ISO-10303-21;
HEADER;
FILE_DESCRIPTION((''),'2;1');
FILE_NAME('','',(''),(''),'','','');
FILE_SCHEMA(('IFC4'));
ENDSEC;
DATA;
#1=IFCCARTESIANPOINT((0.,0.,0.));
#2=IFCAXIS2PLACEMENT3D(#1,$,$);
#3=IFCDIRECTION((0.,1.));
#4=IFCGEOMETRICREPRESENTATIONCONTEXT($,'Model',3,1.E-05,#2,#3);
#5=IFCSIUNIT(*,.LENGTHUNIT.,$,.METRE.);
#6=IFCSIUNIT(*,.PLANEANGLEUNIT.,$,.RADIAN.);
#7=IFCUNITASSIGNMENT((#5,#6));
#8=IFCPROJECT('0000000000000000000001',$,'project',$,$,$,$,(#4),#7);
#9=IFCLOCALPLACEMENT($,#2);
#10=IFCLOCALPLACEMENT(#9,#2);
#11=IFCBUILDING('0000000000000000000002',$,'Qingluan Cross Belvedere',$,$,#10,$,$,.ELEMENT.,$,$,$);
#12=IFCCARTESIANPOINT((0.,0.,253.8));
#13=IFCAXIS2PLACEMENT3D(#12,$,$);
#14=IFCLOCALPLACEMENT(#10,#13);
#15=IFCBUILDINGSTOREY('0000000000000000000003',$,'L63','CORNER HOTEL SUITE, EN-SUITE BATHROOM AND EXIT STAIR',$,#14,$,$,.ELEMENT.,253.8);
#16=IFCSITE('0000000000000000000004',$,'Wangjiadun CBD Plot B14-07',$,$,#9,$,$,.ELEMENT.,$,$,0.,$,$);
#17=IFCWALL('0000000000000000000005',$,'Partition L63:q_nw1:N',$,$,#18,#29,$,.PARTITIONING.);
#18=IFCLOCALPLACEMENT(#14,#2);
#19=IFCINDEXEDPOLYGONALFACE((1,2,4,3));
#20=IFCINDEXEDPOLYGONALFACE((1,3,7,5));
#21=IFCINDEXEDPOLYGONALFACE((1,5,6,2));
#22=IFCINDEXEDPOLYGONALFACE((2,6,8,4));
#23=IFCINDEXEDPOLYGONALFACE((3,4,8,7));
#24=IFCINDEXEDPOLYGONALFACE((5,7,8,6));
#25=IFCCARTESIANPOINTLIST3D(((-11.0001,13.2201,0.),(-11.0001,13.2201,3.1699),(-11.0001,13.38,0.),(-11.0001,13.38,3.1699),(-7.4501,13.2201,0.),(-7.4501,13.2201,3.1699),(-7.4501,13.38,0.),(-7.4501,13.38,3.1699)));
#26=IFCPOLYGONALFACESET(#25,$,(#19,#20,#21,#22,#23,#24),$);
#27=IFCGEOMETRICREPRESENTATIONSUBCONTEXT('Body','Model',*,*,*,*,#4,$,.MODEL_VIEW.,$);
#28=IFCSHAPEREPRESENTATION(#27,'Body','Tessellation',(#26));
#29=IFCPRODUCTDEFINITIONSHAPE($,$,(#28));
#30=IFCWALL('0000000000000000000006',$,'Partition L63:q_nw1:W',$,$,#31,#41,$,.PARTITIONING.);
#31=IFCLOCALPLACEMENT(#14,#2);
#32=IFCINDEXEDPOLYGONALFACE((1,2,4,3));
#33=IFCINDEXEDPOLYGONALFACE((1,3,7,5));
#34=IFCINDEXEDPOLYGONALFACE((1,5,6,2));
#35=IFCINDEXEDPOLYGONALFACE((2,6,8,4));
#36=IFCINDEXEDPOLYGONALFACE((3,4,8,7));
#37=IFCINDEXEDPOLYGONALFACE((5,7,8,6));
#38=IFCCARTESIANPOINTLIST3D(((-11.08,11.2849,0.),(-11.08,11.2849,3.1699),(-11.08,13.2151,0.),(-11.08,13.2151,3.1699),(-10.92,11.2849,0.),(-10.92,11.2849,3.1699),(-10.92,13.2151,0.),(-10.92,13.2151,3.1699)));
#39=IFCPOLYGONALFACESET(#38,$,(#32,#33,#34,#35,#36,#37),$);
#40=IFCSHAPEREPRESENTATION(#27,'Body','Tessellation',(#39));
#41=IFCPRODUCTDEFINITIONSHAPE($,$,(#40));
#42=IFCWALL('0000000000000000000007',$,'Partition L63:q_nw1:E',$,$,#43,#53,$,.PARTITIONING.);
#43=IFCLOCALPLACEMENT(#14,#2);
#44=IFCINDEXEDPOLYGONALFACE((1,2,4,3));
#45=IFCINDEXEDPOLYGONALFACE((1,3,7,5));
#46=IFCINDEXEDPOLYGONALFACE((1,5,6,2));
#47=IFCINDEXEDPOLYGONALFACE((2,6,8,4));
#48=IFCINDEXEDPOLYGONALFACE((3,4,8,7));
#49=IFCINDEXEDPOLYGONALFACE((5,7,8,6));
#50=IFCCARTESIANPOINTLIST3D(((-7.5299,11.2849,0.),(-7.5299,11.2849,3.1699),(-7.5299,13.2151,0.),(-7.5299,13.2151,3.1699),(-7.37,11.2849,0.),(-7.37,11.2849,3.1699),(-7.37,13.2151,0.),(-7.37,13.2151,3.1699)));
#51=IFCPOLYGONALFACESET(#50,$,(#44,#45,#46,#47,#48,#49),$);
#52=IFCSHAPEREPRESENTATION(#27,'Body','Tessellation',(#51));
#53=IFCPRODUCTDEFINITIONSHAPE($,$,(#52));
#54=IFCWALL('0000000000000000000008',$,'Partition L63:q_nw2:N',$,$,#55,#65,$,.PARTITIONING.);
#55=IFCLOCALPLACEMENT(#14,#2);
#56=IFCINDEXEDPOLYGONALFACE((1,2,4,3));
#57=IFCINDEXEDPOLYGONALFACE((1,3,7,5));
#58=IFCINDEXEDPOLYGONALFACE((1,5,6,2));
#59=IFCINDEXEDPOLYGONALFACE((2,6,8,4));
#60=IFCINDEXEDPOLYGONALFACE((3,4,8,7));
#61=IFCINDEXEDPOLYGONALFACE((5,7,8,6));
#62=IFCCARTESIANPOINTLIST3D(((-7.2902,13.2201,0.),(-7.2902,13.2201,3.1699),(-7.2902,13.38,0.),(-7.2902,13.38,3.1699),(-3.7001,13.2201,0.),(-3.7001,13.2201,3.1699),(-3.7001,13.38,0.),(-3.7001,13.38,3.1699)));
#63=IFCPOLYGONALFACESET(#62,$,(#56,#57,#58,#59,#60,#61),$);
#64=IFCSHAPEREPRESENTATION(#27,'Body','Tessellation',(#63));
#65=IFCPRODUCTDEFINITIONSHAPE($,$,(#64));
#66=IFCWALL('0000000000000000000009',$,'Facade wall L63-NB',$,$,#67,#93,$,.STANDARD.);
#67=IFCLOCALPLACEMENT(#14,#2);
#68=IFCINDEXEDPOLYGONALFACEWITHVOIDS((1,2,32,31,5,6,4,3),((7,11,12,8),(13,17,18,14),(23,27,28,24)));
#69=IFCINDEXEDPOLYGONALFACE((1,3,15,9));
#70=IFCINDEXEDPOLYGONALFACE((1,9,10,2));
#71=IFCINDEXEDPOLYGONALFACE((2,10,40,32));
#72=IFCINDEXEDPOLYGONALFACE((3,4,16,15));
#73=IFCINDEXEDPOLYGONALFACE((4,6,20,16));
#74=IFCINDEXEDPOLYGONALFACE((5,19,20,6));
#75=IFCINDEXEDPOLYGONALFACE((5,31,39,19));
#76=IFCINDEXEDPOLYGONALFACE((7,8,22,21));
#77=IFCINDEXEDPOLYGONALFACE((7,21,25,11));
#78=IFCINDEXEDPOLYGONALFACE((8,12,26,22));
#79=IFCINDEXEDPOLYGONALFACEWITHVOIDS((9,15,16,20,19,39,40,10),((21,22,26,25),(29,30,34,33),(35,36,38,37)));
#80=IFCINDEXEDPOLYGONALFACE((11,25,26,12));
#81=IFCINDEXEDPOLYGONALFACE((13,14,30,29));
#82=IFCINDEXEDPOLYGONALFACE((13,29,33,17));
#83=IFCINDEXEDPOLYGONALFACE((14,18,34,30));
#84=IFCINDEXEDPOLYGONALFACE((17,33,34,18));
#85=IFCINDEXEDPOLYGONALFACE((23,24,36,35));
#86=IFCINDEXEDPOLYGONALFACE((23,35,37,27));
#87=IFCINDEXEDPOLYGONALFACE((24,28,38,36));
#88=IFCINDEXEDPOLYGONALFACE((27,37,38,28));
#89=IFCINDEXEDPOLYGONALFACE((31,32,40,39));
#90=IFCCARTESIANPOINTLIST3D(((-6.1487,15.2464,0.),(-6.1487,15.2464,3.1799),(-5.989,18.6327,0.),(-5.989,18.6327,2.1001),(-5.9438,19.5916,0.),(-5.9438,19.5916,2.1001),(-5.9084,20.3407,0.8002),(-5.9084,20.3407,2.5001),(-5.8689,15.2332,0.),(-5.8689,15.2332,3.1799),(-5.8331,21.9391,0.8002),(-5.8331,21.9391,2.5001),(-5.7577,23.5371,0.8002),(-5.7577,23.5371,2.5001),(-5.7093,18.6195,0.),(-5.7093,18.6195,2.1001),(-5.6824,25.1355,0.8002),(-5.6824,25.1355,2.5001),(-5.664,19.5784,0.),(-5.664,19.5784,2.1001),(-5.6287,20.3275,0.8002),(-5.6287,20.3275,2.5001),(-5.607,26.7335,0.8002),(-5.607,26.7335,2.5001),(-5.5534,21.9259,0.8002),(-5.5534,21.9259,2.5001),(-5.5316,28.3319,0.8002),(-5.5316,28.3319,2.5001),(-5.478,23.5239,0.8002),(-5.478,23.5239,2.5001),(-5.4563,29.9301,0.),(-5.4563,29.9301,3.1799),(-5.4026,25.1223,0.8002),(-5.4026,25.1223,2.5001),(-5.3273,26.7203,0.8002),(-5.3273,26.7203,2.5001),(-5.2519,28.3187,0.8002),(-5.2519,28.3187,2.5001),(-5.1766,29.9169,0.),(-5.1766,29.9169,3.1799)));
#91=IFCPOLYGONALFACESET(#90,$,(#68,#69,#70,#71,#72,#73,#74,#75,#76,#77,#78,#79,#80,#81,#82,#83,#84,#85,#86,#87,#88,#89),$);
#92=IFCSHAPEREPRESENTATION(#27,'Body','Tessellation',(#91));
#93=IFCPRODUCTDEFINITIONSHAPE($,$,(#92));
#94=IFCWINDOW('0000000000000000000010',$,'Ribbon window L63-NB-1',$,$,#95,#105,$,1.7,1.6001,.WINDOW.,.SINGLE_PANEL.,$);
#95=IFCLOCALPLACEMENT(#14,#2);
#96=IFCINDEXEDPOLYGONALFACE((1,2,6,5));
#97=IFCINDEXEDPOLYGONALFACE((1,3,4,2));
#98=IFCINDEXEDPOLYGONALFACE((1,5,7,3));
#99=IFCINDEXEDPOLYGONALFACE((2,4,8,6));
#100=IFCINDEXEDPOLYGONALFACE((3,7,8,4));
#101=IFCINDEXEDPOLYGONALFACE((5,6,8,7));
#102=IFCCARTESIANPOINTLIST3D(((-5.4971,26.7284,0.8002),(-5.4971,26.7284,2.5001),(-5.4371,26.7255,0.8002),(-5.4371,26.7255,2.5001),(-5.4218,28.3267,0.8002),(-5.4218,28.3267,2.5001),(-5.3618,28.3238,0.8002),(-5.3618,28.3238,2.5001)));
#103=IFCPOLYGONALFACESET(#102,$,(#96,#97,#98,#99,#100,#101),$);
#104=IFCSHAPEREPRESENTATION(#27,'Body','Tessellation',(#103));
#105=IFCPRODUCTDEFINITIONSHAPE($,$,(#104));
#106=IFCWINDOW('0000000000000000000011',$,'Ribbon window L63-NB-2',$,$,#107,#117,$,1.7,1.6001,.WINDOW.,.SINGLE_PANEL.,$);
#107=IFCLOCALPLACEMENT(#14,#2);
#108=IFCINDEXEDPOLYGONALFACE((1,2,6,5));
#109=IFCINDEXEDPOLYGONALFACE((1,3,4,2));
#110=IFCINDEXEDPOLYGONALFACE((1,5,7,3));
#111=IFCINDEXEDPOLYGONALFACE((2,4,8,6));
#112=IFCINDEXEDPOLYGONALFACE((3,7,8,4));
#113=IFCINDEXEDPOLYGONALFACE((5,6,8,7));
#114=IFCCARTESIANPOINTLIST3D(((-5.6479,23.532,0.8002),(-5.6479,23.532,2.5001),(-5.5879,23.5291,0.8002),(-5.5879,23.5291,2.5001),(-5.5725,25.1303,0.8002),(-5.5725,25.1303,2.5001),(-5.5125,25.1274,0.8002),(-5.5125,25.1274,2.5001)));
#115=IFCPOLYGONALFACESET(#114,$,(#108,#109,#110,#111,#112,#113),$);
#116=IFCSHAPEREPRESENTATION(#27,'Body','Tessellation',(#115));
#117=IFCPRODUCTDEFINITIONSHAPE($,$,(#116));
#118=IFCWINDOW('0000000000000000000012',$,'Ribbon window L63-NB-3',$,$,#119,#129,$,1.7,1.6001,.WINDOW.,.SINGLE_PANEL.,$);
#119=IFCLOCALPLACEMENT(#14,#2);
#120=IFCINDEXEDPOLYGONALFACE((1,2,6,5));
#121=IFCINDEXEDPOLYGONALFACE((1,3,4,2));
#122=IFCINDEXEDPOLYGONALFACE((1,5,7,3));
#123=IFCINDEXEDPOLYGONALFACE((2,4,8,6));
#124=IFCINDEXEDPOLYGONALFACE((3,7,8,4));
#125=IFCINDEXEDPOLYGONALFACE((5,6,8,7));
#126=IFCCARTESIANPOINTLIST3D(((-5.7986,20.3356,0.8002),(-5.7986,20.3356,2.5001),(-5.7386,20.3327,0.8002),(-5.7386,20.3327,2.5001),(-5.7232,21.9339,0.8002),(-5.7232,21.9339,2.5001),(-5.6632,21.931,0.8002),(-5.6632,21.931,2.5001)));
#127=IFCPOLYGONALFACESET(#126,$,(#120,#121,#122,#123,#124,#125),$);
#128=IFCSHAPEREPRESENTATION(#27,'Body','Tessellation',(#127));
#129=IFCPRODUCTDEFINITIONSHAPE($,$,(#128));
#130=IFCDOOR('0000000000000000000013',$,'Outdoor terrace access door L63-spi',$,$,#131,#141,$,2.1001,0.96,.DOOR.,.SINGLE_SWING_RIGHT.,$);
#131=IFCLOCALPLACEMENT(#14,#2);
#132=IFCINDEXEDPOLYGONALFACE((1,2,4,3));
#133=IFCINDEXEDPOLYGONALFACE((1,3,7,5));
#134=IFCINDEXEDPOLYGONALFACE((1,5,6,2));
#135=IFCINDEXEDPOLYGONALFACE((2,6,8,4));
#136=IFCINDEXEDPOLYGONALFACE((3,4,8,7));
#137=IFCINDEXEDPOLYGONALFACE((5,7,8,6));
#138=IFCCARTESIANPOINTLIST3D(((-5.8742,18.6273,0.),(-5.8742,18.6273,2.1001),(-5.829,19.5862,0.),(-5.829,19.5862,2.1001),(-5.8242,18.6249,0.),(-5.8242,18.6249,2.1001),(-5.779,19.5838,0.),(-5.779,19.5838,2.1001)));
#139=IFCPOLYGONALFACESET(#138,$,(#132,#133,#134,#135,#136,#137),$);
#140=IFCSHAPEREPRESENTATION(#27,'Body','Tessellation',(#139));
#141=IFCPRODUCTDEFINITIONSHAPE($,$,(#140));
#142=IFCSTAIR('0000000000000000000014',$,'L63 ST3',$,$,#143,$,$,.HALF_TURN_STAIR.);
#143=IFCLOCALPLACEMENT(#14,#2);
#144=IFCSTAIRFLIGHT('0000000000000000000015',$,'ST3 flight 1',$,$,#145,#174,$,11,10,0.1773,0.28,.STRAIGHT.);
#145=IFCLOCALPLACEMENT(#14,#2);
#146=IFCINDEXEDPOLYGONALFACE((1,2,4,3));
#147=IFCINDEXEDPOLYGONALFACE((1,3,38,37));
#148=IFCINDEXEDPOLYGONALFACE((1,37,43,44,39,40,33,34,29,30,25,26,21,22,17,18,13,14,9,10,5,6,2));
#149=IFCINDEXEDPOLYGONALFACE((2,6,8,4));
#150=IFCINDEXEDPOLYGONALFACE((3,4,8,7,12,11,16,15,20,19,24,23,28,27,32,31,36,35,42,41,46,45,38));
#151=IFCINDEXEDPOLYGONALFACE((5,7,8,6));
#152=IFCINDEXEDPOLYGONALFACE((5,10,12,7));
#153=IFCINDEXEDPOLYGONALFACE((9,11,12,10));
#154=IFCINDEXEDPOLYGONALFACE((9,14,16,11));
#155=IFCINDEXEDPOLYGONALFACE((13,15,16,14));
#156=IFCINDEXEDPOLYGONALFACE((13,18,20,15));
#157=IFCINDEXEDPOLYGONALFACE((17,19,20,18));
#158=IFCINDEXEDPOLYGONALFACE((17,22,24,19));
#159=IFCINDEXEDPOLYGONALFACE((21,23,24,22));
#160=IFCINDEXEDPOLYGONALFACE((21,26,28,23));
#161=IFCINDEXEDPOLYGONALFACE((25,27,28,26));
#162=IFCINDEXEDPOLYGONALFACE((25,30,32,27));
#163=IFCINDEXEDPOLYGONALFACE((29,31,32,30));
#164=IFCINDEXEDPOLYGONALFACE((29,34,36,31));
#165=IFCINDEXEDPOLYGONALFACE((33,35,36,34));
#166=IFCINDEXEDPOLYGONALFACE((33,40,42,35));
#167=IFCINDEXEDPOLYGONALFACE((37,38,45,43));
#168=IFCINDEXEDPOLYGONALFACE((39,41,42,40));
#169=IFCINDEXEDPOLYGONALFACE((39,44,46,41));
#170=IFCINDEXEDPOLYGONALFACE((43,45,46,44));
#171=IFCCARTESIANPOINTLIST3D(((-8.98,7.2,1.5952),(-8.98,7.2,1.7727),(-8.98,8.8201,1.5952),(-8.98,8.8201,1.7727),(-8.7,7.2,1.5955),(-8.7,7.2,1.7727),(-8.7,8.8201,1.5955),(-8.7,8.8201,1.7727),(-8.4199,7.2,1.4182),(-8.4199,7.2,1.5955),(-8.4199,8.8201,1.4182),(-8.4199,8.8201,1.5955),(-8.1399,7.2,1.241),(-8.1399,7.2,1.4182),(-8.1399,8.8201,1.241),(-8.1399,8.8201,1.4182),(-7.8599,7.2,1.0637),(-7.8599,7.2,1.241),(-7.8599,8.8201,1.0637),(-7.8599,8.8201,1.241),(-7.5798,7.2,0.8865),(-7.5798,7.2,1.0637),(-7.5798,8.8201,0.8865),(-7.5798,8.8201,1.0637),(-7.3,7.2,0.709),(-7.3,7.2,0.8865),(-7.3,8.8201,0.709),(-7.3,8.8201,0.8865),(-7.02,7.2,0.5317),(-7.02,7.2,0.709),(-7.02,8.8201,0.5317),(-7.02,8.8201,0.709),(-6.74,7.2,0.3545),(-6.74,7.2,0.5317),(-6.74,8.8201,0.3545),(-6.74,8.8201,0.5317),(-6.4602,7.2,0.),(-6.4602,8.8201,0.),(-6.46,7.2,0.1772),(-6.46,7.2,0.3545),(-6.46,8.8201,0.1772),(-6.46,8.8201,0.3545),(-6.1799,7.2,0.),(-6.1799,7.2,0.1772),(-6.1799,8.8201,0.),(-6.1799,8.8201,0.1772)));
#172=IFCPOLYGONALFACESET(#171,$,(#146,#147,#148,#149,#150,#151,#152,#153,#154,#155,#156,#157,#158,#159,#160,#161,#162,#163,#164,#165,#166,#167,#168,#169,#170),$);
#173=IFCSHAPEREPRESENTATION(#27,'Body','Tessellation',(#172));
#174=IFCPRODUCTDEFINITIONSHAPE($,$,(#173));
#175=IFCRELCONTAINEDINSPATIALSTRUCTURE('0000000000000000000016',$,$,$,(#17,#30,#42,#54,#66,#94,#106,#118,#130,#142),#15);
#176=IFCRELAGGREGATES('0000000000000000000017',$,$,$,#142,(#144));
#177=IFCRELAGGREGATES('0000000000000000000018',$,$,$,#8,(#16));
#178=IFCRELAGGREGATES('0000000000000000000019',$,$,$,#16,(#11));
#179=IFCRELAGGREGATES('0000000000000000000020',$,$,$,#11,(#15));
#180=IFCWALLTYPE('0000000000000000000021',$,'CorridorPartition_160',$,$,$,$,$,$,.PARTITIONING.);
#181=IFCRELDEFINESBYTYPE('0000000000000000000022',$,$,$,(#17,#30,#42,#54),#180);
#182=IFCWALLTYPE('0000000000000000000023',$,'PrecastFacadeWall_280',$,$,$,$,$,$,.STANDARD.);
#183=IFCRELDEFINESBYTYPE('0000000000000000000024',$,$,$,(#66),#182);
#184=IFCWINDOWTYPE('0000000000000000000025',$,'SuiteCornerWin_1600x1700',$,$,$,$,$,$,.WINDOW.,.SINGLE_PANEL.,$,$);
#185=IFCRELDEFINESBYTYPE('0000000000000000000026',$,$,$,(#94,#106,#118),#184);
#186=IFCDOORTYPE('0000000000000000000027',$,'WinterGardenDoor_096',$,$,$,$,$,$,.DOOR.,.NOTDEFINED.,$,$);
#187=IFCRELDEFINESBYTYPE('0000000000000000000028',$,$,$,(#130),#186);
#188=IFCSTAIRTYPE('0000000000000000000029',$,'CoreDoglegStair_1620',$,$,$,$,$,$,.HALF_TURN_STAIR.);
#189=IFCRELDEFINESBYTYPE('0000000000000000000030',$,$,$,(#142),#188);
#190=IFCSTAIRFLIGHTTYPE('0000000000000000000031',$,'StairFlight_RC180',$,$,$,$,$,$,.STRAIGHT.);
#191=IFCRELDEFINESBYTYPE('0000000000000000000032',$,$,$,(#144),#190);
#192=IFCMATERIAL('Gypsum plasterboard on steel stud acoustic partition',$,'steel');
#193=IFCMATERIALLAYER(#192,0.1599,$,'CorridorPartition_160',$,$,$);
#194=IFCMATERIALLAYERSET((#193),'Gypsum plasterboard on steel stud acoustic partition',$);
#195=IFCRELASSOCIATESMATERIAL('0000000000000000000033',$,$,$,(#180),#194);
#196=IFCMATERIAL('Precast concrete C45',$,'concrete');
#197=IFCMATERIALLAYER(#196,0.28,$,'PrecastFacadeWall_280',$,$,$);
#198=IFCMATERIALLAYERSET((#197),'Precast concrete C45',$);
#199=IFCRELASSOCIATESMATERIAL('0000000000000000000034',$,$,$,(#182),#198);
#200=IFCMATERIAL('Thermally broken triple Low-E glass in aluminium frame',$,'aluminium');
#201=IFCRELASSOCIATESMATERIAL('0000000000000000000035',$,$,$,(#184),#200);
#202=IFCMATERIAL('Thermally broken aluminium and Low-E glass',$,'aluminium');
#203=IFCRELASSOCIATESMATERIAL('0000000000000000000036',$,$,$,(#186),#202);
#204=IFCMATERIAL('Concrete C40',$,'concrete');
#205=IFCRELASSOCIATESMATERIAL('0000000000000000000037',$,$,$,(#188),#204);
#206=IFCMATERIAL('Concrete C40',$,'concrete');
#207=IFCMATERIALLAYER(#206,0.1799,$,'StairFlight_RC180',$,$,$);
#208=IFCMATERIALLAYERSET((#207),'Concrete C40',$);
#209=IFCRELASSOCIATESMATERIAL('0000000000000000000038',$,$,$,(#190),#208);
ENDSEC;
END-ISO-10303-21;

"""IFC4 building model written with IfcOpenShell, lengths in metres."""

from ifc_helpers import new_model, si_unit, direction, frame, frame_2d, origin, place, context, subcontext, project, spatial, polyline, rectangle, outline, extrude, material, layer, layer_set, type_object, element, fill, aggregate, save


model = new_model("IFC4")

# Units and contexts
model_context = context("Model", 3, precision=1e-05, world=origin(), true_north=direction((0.0, 1.0)))
body_context = subcontext(model_context, "Body", "Model", "MODEL_VIEW")
ifc_project = project(units=[si_unit("LENGTHUNIT", "METRE"), si_unit("PLANEANGLEUNIT", "RADIAN")], contexts=[model_context])

# Site, building, storey
site_placement = place(None, origin())
site = spatial("IfcSite", under=ifc_project, at=site_placement, Name="Wangjiadun CBD Plot B14-07", CompositionType="ELEMENT", RefElevation=0.0)
building_placement = place(site_placement, origin())
building = spatial("IfcBuilding", under=site, at=building_placement, Name="Qingluan Cross Belvedere", CompositionType="ELEMENT")
storey_placement = place(building_placement, frame((0.0, 0.0, 253.8)))
storey = spatial("IfcBuildingStorey", under=building, at=storey_placement, Name="L63", Description="CORNER HOTEL SUITE, EN-SUITE BATHROOM AND EXIT STAIR", CompositionType="ELEMENT", Elevation=253.8)

# Shared definitions
ifc_material_1 = material(Name="Gypsum plasterboard on steel stud acoustic partition", Category="steel")
ifc_layer_1 = layer(ifc_material_1, 0.1599, Name="CorridorPartition_160")
ifc_layer_set_1 = layer_set([ifc_layer_1], Name="Gypsum plasterboard on steel stud acoustic partition")
wall_type_1 = type_object("IfcWallType", Name="CorridorPartition_160", PredefinedType="PARTITIONING", material=ifc_layer_set_1)

# Walls
wall_1_placement = place(storey_placement, frame((-11.0, 13.3, 0.0), z_axis=(0.0, 0.0, 1.0), x_axis=(1.0, 0.0, 0.0)))
element("IfcWall", 1, at=wall_1_placement, inside=storey, type_object=wall_type_1, Name="Partition L63:q_nw1:N", PredefinedType="PARTITIONING", context=body_context, shape_type="SweptSolid", body=[
    extrude(rectangle(XDim=3.55, YDim=0.1599, at=frame_2d((1.7749, 0.0))), origin(), (0.0, 0.0, 1.0), 3.1699),
])
for number, where, z_axis, x_axis, name in (
    (2, (-11.0, 11.2849, 0.0), (0.0, 0.0, 1.0), (0.0, 1.0, 0.0), "Partition L63:q_nw1:W"),
    (3, (-7.45, 11.2849, 0.0), (0.0, 0.0, 1.0), (0.0, 1.0, 0.0), "Partition L63:q_nw1:E"),
):
    element("IfcWall", number, at=place(storey_placement, frame(where, z_axis=z_axis, x_axis=x_axis)), inside=storey, type_object=wall_type_1, Name=name, PredefinedType="PARTITIONING", context=body_context, shape_type="SweptSolid", body=[
        extrude(rectangle(XDim=1.9302, YDim=0.1599, at=frame_2d((0.9651, 0.0))), origin(), (0.0, 0.0, 1.0), 3.1699),
    ])

# Wall
wall_2_placement = place(storey_placement, frame((-7.29, 13.3, 0.0), z_axis=(0.0, 0.0, 1.0), x_axis=(1.0, 0.0, 0.0)))
element("IfcWall", 4, at=wall_2_placement, inside=storey, type_object=wall_type_1, Name="Partition L63:q_nw2:N", PredefinedType="PARTITIONING", context=body_context, shape_type="SweptSolid", body=[
    extrude(rectangle(XDim=3.5901, YDim=0.1599, at=frame_2d((1.7949, 0.0))), origin(), (0.0, 0.0, 1.0), 3.1699),
])

# Wall, openings, windows, door
ifc_material_2 = material(Name="Precast concrete C45", Category="concrete")
ifc_layer_2 = layer(ifc_material_2, 0.28, Name="PrecastFacadeWall_280")
ifc_layer_set_2 = layer_set([ifc_layer_2], Name="Precast concrete C45")
wall_type_2 = type_object("IfcWallType", Name="PrecastFacadeWall_280", PredefinedType="STANDARD", material=ifc_layer_set_2)
wall_3_placement = place(storey_placement, frame((-5.3164, 29.9236, 0.0), z_axis=(0.0, 0.0, 1.0), x_axis=(-0.047101, -0.99889, 0.0)))
wall_3 = element("IfcWall", 5, at=wall_3_placement, inside=storey, type_object=wall_type_2, Name="Facade wall L63-NB", PredefinedType="STANDARD", context=body_context, shape_type="SweptSolid", body=[
    extrude(rectangle(XDim=14.7, YDim=0.28, at=frame_2d((7.3501, 0.0))), origin(), (0.0, 0.0, 1.0), 3.1799),
])
opening_1_placement = place(wall_3_placement, frame((1.6001, 0.0, 0.8)))
opening_1 = element("IfcOpeningElement", 6, at=opening_1_placement, cuts=wall_3, PredefinedType="OPENING", context=body_context, shape_type="SweptSolid", body=[
    extrude(rectangle(XDim=1.6001, YDim=1.7, at=frame_2d((0.8, 0.8501))), frame((0.0, 0.1499, 0.0), z_axis=(0.0, -1.0, 0.0), x_axis=(1.0, 0.0, 0.0)), (0.0, 0.0, 1.0), 0.3),
])
opening_2_placement = place(wall_3_placement, frame((4.8, 0.0, 0.8)))
opening_2 = element("IfcOpeningElement", 7, at=opening_2_placement, cuts=wall_3, PredefinedType="OPENING", context=body_context, shape_type="SweptSolid", body=[
    extrude(rectangle(XDim=1.6001, YDim=1.7, at=frame_2d((0.8, 0.8501))), frame((0.0, 0.1499, 0.0), z_axis=(0.0, -1.0, 0.0), x_axis=(1.0, 0.0, 0.0)), (0.0, 0.0, 1.0), 0.3),
])
opening_3_placement = place(wall_3_placement, frame((8.0, 0.0, 0.8)))
opening_3 = element("IfcOpeningElement", 8, at=opening_3_placement, cuts=wall_3, PredefinedType="OPENING", context=body_context, shape_type="SweptSolid", body=[
    extrude(rectangle(XDim=1.6001, YDim=1.7, at=frame_2d((0.8, 0.8501))), frame((0.0, 0.1499, 0.0), z_axis=(0.0, -1.0, 0.0), x_axis=(1.0, 0.0, 0.0)), (0.0, 0.0, 1.0), 0.3),
])
opening_4_placement = place(wall_3_placement, frame((10.3501, 0.0, 0.0)))
opening_4 = element("IfcOpeningElement", 9, at=opening_4_placement, cuts=wall_3, PredefinedType="OPENING", context=body_context, shape_type="SweptSolid", body=[
    extrude(rectangle(XDim=0.96, YDim=2.1001, at=frame_2d((0.48, 1.05))), frame((0.0, 0.1499, 0.0), z_axis=(0.0, -1.0, 0.0), x_axis=(1.0, 0.0, 0.0)), (0.0, 0.0, 1.0), 0.3),
])
ifc_material_3 = material(Name="Thermally broken triple Low-E glass in aluminium frame", Category="aluminium")
window_type = type_object("IfcWindowType", Name="SuiteCornerWin_1600x1700", PartitioningType="SINGLE_PANEL", PredefinedType="WINDOW", material=ifc_material_3)
window_1_placement = place(opening_1_placement, origin())
window_1 = element("IfcWindow", 10, at=window_1_placement, inside=storey, type_object=window_type, Name="Ribbon window L63-NB-1", OverallHeight=1.7, OverallWidth=1.6001, PartitioningType="SINGLE_PANEL", PredefinedType="WINDOW", context=body_context, shape_type="SweptSolid", body=[
    extrude(rectangle(XDim=1.6001, YDim=1.7, at=frame_2d((0.8, 0.8501))), frame((0.0, 0.03, 0.0), z_axis=(0.0, -1.0, 0.0), x_axis=(1.0, 0.0, 0.0)), (0.0, 0.0, 1.0), 0.0601),
])
fill(opening_1, window_1)
window_2_placement = place(opening_2_placement, origin())
window_2 = element("IfcWindow", 11, at=window_2_placement, inside=storey, type_object=window_type, Name="Ribbon window L63-NB-2", OverallHeight=1.7, OverallWidth=1.6001, PartitioningType="SINGLE_PANEL", PredefinedType="WINDOW", context=body_context, shape_type="SweptSolid", body=[
    extrude(rectangle(XDim=1.6001, YDim=1.7, at=frame_2d((0.8, 0.8501))), frame((0.0, 0.03, 0.0), z_axis=(0.0, -1.0, 0.0), x_axis=(1.0, 0.0, 0.0)), (0.0, 0.0, 1.0), 0.0601),
])
fill(opening_2, window_2)
window_3_placement = place(opening_3_placement, origin())
window_3 = element("IfcWindow", 12, at=window_3_placement, inside=storey, type_object=window_type, Name="Ribbon window L63-NB-3", OverallHeight=1.7, OverallWidth=1.6001, PartitioningType="SINGLE_PANEL", PredefinedType="WINDOW", context=body_context, shape_type="SweptSolid", body=[
    extrude(rectangle(XDim=1.6001, YDim=1.7, at=frame_2d((0.8, 0.8501))), frame((0.0, 0.03, 0.0), z_axis=(0.0, -1.0, 0.0), x_axis=(1.0, 0.0, 0.0)), (0.0, 0.0, 1.0), 0.0601),
])
fill(opening_3, window_3)
ifc_material_4 = material(Name="Thermally broken aluminium and Low-E glass", Category="aluminium")
door_type_1 = type_object("IfcDoorType", Name="WinterGardenDoor_096", OperationType="NOTDEFINED", PredefinedType="DOOR", material=ifc_material_4)
door_1_placement = place(opening_4_placement, origin())
door_1 = element("IfcDoor", 13, at=door_1_placement, inside=storey, type_object=door_type_1, Name="Outdoor terrace access door L63-spi", OperationType="SINGLE_SWING_RIGHT", OverallHeight=2.1001, OverallWidth=0.96, PredefinedType="DOOR", context=body_context, shape_type="SweptSolid", body=[
    extrude(rectangle(XDim=0.96, YDim=2.1001, at=frame_2d((0.48, 1.05))), frame((0.0, 0.0249, 0.0), z_axis=(0.0, -1.0, 0.0), x_axis=(1.0, 0.0, 0.0)), (0.0, 0.0, 1.0), 0.05),
])
fill(opening_4, door_1)

# Stair, stair flight
ifc_material_5 = material(Name="Concrete C40", Category="concrete")
stair_type = type_object("IfcStairType", Name="CoreDoglegStair_1620", PredefinedType="HALF_TURN_STAIR", material=ifc_material_5)
stair_placement = place(storey_placement, origin())
stair = element("IfcStair", 14, at=stair_placement, inside=storey, type_object=stair_type, Name="L63 ST3", PredefinedType="HALF_TURN_STAIR")
ifc_material_6 = material(Name="Concrete C40", Category="concrete")
ifc_layer_3 = layer(ifc_material_6, 0.1799, Name="StairFlight_RC180")
ifc_layer_set_3 = layer_set([ifc_layer_3], Name="Concrete C40")
stair_flight_type = type_object("IfcStairFlightType", Name="StairFlight_RC180", PredefinedType="STRAIGHT", material=ifc_layer_set_3)
stair_flight_placement = place(storey_placement, frame((-6.1799, 8.01, 0.0), z_axis=(0.0, 0.0, 1.0), x_axis=(-1.0, 0.0, 0.0)))
stair_flight = element("IfcStairFlight", 15, at=stair_flight_placement, type_object=stair_flight_type, Name="ST3 flight 1", NumberOfRisers=11, NumberOfTreads=10, PredefinedType="STRAIGHT", RiserHeight=0.1773, TreadLength=0.28, context=body_context, shape_type="SweptSolid", body=[
    extrude(outline(polyline([(0.0, 0.0), (0.0, 0.1772), (0.28, 0.1772), (0.28, 0.3545), (0.5601, 0.3545), (0.5601, 0.5317), (0.8401, 0.5317), (0.8401, 0.709), (1.1201, 0.709), (1.1201, 0.8865), (1.3999, 0.8865), (1.3999, 1.0637), (1.6799, 1.0637), (1.6799, 1.241), (1.96, 1.241), (1.96, 1.4182), (2.24, 1.4182), (2.24, 1.5955), (2.52, 1.5955), (2.52, 1.7727), (2.8, 1.7727), (2.8, 1.95), (2.8, 1.5952), (0.2803, 0.0), (0.0, 0.0)])), frame((0.0, 0.8101, 0.0), z_axis=(0.0, -1.0, 0.0), x_axis=(1.0, 0.0, 0.0)), (0.0, 0.0, 1.0), 1.6201),
])
aggregate(stair, [stair_flight])

save(model, "model.ifc")
